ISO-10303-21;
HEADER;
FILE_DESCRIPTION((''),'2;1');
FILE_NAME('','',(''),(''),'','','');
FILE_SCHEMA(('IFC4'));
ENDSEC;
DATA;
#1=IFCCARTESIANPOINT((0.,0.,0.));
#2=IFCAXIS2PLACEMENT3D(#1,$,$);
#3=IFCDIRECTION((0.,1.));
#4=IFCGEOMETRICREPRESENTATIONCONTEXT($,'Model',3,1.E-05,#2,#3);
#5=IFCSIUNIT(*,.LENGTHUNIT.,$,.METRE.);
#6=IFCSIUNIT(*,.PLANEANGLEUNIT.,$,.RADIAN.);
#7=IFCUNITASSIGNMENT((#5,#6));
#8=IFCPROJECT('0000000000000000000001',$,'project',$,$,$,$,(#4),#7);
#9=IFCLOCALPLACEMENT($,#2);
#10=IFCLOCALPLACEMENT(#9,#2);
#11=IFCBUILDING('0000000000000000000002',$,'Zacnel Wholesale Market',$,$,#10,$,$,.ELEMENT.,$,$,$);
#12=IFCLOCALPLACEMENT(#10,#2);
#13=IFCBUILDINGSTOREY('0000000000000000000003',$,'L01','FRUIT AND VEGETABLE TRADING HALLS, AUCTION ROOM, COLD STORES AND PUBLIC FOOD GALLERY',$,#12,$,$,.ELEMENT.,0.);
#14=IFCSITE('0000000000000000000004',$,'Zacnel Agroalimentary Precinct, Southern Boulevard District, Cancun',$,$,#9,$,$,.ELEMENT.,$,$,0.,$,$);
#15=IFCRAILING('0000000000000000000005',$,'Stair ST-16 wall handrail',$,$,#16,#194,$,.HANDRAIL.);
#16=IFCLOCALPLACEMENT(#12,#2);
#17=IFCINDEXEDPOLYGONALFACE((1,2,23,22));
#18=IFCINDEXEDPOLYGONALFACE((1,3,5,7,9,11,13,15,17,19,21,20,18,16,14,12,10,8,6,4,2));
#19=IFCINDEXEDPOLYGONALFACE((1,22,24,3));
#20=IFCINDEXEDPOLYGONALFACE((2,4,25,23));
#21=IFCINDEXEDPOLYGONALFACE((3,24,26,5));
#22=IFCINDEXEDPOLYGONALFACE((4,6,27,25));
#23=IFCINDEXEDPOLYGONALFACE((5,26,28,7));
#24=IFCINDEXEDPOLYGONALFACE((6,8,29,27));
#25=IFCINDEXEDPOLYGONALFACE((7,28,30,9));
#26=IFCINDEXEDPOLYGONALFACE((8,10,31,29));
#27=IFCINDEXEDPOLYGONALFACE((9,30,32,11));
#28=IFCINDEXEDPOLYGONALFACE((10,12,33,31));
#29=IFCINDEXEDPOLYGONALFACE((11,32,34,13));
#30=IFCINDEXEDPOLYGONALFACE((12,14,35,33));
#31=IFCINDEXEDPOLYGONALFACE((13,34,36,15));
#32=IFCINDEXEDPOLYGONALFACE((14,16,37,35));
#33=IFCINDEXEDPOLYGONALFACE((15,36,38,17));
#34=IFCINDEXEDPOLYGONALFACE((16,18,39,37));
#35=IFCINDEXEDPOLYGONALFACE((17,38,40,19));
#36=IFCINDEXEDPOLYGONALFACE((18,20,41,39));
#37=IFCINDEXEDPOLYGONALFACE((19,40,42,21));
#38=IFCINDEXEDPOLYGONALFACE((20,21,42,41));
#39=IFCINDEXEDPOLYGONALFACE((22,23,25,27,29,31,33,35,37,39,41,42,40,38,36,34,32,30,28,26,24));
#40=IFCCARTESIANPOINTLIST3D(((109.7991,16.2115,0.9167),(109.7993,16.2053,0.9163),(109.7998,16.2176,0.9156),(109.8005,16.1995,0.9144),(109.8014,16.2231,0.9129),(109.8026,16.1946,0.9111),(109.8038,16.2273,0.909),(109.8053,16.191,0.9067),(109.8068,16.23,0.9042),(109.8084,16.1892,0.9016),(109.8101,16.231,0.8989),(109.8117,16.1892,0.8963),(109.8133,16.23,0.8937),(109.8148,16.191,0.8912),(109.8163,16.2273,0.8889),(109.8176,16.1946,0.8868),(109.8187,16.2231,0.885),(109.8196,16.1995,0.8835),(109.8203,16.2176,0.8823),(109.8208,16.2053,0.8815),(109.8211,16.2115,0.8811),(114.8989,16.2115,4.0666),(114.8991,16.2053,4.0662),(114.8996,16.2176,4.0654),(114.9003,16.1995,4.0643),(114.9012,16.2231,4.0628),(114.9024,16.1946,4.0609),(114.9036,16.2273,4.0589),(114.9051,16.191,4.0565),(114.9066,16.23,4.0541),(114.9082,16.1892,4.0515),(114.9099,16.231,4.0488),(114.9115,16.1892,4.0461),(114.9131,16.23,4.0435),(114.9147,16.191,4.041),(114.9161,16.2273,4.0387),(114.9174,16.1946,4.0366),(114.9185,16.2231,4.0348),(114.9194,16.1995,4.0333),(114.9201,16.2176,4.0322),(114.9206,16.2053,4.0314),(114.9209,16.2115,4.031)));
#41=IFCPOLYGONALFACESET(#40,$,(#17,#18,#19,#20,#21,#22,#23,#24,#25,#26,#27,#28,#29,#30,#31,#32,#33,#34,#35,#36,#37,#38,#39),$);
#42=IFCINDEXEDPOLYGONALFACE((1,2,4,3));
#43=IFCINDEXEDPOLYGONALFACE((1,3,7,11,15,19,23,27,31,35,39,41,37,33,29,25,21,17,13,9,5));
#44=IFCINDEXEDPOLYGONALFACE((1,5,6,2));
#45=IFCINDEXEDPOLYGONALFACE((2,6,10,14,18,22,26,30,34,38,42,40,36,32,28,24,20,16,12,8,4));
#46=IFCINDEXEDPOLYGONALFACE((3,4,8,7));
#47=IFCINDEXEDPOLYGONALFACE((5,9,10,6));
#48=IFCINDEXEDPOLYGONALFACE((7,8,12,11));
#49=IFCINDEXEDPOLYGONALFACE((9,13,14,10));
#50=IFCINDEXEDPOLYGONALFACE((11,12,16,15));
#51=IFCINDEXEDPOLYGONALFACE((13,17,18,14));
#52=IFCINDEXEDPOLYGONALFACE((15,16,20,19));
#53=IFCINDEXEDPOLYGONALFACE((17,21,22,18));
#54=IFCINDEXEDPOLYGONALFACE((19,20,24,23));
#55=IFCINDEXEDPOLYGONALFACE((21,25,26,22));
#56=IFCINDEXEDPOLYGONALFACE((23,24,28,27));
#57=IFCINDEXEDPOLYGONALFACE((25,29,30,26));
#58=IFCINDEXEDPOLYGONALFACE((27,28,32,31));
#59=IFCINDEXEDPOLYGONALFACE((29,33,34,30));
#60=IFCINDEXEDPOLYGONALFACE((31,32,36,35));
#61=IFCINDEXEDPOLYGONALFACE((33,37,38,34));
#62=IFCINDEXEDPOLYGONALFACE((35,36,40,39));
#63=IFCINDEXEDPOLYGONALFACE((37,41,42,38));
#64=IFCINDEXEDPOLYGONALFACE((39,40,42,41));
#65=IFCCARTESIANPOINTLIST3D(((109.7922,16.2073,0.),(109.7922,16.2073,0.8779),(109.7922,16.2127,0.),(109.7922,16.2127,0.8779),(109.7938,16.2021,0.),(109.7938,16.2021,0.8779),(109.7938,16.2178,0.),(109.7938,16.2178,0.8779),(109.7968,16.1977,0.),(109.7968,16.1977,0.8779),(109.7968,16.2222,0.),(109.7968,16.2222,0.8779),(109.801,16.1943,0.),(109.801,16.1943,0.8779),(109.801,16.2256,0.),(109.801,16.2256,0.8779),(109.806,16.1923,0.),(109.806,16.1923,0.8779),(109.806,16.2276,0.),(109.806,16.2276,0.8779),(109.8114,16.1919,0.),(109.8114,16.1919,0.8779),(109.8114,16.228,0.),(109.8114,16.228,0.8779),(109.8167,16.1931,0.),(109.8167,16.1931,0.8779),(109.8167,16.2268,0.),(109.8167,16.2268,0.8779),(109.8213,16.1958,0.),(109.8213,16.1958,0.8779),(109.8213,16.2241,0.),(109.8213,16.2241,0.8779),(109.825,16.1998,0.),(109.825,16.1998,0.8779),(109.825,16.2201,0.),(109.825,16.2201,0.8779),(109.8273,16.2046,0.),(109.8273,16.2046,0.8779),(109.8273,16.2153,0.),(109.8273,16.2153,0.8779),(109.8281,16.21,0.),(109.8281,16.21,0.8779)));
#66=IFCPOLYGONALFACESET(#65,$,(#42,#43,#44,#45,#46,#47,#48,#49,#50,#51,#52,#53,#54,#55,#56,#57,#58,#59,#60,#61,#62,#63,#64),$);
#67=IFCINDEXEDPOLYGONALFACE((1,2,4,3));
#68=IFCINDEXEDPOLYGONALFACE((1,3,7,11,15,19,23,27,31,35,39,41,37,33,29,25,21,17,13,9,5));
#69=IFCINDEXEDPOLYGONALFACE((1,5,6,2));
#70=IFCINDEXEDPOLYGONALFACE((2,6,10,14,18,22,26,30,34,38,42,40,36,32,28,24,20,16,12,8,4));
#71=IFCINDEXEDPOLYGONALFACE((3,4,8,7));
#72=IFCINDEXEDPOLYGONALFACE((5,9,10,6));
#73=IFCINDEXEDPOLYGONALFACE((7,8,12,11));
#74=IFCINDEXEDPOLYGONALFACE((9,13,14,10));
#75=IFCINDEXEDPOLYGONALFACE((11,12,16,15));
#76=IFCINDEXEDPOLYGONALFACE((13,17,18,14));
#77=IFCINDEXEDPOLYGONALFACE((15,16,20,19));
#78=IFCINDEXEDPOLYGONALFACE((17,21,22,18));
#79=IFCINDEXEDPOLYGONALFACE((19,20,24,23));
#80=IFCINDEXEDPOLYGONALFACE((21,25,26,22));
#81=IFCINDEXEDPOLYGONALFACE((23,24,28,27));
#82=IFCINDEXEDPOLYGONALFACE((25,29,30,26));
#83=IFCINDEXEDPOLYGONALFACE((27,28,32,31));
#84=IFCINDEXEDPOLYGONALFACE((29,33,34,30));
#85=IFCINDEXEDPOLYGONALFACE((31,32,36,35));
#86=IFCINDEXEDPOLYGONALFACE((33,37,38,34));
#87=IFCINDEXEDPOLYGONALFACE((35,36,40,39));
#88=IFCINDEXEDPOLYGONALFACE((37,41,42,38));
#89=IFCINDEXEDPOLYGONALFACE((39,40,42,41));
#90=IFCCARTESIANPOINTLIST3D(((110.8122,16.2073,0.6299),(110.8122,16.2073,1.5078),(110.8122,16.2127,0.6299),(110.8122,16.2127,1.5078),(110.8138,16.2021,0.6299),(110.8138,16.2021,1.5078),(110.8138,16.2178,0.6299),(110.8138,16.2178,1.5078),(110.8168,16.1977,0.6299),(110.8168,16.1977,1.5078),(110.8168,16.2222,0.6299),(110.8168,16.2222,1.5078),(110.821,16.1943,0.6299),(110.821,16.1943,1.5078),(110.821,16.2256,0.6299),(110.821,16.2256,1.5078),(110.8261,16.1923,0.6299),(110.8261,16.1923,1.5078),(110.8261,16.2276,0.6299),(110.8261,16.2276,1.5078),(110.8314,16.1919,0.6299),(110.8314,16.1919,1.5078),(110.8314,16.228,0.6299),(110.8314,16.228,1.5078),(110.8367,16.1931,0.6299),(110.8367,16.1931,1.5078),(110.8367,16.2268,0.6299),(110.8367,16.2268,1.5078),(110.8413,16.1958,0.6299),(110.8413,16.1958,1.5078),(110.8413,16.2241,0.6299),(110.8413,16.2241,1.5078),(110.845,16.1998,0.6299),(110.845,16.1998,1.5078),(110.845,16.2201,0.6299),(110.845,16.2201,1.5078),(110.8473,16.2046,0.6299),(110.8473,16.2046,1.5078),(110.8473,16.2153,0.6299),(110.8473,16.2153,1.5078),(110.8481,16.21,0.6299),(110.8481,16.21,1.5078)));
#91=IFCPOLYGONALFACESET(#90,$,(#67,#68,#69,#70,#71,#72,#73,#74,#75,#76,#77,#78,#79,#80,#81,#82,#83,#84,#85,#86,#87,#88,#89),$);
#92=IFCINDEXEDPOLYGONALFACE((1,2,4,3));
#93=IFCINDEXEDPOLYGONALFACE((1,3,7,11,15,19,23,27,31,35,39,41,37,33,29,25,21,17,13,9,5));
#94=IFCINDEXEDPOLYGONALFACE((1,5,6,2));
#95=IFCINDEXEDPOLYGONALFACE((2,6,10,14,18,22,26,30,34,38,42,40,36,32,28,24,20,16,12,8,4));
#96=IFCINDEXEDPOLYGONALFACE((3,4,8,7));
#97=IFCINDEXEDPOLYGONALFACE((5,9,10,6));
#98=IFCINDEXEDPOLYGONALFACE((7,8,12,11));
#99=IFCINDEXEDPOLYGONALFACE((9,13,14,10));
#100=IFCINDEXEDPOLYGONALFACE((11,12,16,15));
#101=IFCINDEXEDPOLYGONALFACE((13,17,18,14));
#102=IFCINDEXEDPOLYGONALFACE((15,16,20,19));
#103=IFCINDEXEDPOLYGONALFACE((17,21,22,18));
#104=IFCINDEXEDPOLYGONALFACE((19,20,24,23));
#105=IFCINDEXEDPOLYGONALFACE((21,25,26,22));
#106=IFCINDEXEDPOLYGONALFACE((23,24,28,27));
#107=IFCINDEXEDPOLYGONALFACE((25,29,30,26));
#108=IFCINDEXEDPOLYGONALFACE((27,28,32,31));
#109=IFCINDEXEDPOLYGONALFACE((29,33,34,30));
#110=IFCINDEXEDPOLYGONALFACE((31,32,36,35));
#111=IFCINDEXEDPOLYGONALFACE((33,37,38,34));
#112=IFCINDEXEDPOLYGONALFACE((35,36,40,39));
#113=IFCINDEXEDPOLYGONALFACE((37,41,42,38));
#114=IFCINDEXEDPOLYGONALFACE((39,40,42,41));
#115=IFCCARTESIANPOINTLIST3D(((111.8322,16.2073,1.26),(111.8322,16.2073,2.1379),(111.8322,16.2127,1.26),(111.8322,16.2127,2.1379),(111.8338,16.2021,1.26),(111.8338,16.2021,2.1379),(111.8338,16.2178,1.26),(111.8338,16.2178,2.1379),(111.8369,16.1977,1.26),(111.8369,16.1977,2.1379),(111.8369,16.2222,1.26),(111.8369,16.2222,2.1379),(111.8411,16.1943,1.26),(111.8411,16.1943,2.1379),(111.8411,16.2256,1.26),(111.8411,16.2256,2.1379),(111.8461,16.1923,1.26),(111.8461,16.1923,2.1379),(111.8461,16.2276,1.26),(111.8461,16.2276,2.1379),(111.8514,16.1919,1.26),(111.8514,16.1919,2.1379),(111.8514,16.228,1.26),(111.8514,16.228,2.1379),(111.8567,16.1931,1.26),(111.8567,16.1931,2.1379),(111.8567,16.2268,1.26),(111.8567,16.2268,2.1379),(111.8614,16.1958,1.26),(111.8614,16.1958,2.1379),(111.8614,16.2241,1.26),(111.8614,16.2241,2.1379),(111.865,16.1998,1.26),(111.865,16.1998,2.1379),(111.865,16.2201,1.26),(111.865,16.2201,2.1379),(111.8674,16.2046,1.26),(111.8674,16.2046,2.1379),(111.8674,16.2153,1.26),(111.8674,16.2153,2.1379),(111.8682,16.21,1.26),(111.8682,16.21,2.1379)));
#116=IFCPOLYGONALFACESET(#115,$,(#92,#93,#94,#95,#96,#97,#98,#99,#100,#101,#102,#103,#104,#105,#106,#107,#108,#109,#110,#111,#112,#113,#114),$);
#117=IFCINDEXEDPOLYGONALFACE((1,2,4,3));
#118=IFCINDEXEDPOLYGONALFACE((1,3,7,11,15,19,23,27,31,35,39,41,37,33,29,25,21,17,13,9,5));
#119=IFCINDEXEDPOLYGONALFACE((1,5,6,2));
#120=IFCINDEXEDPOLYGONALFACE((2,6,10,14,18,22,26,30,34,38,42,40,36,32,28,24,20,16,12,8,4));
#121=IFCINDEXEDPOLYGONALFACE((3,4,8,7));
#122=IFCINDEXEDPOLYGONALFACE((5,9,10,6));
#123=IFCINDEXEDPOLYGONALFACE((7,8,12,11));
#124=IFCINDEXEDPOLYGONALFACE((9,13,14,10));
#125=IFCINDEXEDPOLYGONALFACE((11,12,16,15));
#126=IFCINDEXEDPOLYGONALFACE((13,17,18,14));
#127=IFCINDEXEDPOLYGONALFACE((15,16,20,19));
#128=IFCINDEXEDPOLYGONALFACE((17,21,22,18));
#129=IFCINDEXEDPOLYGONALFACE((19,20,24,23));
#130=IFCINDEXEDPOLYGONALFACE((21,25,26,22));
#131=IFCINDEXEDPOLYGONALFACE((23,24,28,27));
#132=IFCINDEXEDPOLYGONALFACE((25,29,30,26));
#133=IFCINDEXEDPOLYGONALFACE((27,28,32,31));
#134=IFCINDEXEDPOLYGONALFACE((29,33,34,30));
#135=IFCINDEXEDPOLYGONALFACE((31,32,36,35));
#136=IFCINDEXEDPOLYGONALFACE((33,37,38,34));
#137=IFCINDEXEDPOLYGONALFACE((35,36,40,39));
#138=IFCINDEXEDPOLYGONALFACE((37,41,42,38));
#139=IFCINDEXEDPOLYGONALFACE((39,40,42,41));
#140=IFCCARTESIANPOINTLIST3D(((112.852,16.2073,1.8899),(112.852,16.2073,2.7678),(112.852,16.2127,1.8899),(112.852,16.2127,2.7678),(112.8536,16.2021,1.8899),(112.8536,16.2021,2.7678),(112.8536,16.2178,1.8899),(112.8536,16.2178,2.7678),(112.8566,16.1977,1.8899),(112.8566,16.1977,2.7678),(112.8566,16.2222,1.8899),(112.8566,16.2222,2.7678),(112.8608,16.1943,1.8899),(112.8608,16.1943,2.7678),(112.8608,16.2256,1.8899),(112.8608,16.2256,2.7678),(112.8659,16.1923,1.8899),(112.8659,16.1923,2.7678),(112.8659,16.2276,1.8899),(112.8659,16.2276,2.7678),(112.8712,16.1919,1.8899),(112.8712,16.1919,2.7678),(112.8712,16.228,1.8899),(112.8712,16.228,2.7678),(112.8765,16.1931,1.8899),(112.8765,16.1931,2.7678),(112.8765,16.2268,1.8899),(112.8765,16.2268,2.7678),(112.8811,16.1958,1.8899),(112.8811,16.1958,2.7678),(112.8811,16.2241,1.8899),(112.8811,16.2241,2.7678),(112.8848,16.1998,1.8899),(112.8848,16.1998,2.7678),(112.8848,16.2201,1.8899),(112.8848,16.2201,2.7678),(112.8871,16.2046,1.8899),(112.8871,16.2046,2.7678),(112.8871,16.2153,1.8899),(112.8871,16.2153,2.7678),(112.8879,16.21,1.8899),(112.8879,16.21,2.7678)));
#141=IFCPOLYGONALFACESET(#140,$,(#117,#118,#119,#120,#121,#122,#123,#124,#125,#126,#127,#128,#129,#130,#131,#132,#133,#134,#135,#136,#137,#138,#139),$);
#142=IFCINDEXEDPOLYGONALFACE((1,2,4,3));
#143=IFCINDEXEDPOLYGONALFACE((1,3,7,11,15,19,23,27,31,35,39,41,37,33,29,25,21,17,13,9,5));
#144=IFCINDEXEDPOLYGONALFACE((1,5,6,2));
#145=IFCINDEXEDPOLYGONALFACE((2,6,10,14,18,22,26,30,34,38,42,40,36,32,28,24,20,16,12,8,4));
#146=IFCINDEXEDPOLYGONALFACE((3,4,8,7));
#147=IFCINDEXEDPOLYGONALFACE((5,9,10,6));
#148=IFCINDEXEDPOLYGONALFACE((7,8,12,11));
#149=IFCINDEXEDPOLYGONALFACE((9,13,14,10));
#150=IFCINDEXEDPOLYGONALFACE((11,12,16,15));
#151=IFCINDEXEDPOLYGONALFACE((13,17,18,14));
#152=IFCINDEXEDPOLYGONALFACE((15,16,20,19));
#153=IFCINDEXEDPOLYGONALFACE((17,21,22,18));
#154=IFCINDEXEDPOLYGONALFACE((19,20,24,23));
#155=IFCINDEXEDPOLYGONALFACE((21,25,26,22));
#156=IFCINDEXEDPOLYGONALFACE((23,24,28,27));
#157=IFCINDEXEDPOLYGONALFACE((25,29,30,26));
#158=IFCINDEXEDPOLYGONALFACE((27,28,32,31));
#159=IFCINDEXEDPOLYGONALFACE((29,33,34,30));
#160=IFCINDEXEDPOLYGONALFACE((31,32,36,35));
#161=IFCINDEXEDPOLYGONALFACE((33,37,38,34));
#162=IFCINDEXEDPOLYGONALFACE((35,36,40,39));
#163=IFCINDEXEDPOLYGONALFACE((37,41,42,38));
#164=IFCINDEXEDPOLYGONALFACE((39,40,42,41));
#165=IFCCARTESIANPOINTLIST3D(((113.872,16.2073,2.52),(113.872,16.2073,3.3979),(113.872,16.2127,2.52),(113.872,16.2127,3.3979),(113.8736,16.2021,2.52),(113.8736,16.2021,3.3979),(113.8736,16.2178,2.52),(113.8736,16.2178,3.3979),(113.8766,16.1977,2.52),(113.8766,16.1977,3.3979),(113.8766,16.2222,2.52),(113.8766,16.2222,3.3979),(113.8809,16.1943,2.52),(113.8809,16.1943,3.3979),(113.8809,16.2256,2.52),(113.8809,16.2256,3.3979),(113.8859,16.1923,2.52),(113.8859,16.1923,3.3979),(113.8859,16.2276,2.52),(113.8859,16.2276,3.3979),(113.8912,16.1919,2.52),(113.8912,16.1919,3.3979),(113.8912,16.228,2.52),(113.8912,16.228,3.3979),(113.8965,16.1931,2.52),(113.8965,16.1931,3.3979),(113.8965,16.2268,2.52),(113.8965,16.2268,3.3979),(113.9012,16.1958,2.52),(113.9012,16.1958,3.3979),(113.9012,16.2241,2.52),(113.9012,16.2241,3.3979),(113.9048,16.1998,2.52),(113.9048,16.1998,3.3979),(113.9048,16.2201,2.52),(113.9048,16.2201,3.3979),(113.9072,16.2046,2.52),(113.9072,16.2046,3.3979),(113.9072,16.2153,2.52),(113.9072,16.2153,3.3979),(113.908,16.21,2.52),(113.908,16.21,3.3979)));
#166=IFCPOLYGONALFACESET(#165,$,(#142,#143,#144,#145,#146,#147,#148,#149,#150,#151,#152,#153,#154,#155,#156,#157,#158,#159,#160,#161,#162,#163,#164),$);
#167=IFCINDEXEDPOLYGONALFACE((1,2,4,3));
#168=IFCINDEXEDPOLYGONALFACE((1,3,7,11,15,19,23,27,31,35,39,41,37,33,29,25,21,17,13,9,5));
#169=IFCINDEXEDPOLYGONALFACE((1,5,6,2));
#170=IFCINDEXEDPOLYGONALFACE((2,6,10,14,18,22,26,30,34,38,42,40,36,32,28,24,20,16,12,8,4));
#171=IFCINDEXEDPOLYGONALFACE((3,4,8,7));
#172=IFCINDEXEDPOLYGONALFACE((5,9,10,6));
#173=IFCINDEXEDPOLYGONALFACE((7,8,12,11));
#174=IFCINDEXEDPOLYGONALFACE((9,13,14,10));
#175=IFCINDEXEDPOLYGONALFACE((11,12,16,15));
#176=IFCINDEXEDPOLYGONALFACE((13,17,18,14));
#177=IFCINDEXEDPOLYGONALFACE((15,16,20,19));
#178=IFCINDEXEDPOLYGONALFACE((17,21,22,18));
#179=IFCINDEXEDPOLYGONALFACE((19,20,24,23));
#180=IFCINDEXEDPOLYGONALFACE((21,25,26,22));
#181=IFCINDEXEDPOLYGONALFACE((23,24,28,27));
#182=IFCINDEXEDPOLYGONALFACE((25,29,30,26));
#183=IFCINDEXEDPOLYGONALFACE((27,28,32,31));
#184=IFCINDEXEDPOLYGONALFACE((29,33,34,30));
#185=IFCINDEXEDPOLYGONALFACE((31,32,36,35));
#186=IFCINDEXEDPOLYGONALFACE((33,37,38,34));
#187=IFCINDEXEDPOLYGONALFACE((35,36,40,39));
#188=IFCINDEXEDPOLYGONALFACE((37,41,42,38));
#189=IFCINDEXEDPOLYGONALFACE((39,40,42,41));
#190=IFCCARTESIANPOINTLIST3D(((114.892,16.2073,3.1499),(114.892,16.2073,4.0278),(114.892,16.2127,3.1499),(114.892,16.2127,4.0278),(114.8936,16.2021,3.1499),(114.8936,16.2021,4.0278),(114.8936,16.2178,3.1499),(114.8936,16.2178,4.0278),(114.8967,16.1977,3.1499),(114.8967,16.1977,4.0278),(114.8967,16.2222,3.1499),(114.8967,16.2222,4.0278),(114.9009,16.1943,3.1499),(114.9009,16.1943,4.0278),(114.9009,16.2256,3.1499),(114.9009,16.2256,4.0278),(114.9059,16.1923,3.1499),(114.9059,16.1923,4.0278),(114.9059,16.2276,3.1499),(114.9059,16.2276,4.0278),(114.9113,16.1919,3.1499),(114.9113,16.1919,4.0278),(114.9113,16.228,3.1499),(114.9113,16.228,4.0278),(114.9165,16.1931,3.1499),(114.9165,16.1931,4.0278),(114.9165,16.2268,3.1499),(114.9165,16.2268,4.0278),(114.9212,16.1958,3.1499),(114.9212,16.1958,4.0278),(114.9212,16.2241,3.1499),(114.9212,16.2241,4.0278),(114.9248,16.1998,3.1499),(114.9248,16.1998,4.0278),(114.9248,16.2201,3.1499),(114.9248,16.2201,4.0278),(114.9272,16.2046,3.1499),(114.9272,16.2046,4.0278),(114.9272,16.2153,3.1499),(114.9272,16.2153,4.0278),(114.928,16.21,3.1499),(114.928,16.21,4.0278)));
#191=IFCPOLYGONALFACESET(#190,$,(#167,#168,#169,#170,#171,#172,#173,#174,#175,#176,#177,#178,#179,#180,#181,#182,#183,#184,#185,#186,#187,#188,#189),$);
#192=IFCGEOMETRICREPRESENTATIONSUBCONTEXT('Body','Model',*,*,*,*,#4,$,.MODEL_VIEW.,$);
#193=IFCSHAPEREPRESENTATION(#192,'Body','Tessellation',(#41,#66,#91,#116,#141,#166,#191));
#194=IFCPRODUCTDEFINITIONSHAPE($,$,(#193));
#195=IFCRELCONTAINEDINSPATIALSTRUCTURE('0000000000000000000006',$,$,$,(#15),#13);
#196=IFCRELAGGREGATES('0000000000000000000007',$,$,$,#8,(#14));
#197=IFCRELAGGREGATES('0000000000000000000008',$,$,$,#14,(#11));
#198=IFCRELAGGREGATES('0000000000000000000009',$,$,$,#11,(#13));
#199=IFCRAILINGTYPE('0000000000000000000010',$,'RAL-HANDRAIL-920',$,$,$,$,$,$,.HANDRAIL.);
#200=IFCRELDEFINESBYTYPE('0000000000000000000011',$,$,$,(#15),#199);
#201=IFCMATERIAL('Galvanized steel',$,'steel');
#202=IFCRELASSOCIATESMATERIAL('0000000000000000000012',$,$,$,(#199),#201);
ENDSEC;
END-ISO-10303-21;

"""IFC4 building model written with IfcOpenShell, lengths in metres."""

from ifc_helpers import new_model, si_unit, direction, frame, origin, origin_2d, place, context, subcontext, project, spatial, circle, extrude, material, type_object, element, save


model = new_model("IFC4")

# Units and contexts
model_context = context("Model", 3, precision=1e-05, world=origin(), true_north=direction((0.0, 1.0)))
body_context = subcontext(model_context, "Body", "Model", "MODEL_VIEW")
ifc_project = project(units=[si_unit("LENGTHUNIT", "METRE"), si_unit("PLANEANGLEUNIT", "RADIAN")], contexts=[model_context])

# Site, building, storey
site_placement = place(None, origin())
site = spatial("IfcSite", under=ifc_project, at=site_placement, Name="Zacnel Agroalimentary Precinct, Southern Boulevard District, Cancun", CompositionType="ELEMENT", RefElevation=0.0)
building_placement = place(site_placement, origin())
building = spatial("IfcBuilding", under=site, at=building_placement, Name="Zacnel Wholesale Market", CompositionType="ELEMENT")
storey_placement = place(building_placement, origin())
storey = spatial("IfcBuildingStorey", under=building, at=storey_placement, Name="L01", Description="FRUIT AND VEGETABLE TRADING HALLS, AUCTION ROOM, COLD STORES AND PUBLIC FOOD GALLERY", CompositionType="ELEMENT", Elevation=0.0)

# Railing
ifc_material_1 = material(Name="Galvanized steel", Category="steel")
railing_type_1 = type_object("IfcRailingType", Name="RAL-HANDRAIL-920", PredefinedType="HANDRAIL", material=ifc_material_1)
railing_1_placement = place(storey_placement, frame((109.8101, 16.21, 0.0)))
element("IfcRailing", 1, at=railing_1_placement, inside=storey, type_object=railing_type_1, Name="Stair ST-16 wall handrail", PredefinedType="HANDRAIL", context=body_context, shape_type="SweptSolid", body=[
    extrude(circle(Radius=0.021, at=origin_2d()), frame((0.0, 0.0, 0.8989), z_axis=(0.850799, 0.0, 0.525492), x_axis=(0.0, 1.0, 0.0)), (0.0, 0.0, 1.0), 5.9941),
    extrude(circle(Radius=0.0181, at=origin_2d()), origin(), (0.0, 0.0, 1.0), 0.8779),
    extrude(circle(Radius=0.0181, at=origin_2d()), frame((1.02, 0.0, 0.6299)), (0.0, 0.0, 1.0), 0.8779),
    extrude(circle(Radius=0.0181, at=origin_2d()), frame((2.04, 0.0, 1.26)), (0.0, 0.0, 1.0), 0.8779),
    extrude(circle(Radius=0.0181, at=origin_2d()), frame((3.0598, 0.0, 1.8899)), (0.0, 0.0, 1.0), 0.8779),
    extrude(circle(Radius=0.0181, at=origin_2d()), frame((4.0798, 0.0, 2.52)), (0.0, 0.0, 1.0), 0.8779),
    extrude(circle(Radius=0.0181, at=origin_2d()), frame((5.0999, 0.0, 3.1499)), (0.0, 0.0, 1.0), 0.8779),
])

save(model, "model.ifc")
